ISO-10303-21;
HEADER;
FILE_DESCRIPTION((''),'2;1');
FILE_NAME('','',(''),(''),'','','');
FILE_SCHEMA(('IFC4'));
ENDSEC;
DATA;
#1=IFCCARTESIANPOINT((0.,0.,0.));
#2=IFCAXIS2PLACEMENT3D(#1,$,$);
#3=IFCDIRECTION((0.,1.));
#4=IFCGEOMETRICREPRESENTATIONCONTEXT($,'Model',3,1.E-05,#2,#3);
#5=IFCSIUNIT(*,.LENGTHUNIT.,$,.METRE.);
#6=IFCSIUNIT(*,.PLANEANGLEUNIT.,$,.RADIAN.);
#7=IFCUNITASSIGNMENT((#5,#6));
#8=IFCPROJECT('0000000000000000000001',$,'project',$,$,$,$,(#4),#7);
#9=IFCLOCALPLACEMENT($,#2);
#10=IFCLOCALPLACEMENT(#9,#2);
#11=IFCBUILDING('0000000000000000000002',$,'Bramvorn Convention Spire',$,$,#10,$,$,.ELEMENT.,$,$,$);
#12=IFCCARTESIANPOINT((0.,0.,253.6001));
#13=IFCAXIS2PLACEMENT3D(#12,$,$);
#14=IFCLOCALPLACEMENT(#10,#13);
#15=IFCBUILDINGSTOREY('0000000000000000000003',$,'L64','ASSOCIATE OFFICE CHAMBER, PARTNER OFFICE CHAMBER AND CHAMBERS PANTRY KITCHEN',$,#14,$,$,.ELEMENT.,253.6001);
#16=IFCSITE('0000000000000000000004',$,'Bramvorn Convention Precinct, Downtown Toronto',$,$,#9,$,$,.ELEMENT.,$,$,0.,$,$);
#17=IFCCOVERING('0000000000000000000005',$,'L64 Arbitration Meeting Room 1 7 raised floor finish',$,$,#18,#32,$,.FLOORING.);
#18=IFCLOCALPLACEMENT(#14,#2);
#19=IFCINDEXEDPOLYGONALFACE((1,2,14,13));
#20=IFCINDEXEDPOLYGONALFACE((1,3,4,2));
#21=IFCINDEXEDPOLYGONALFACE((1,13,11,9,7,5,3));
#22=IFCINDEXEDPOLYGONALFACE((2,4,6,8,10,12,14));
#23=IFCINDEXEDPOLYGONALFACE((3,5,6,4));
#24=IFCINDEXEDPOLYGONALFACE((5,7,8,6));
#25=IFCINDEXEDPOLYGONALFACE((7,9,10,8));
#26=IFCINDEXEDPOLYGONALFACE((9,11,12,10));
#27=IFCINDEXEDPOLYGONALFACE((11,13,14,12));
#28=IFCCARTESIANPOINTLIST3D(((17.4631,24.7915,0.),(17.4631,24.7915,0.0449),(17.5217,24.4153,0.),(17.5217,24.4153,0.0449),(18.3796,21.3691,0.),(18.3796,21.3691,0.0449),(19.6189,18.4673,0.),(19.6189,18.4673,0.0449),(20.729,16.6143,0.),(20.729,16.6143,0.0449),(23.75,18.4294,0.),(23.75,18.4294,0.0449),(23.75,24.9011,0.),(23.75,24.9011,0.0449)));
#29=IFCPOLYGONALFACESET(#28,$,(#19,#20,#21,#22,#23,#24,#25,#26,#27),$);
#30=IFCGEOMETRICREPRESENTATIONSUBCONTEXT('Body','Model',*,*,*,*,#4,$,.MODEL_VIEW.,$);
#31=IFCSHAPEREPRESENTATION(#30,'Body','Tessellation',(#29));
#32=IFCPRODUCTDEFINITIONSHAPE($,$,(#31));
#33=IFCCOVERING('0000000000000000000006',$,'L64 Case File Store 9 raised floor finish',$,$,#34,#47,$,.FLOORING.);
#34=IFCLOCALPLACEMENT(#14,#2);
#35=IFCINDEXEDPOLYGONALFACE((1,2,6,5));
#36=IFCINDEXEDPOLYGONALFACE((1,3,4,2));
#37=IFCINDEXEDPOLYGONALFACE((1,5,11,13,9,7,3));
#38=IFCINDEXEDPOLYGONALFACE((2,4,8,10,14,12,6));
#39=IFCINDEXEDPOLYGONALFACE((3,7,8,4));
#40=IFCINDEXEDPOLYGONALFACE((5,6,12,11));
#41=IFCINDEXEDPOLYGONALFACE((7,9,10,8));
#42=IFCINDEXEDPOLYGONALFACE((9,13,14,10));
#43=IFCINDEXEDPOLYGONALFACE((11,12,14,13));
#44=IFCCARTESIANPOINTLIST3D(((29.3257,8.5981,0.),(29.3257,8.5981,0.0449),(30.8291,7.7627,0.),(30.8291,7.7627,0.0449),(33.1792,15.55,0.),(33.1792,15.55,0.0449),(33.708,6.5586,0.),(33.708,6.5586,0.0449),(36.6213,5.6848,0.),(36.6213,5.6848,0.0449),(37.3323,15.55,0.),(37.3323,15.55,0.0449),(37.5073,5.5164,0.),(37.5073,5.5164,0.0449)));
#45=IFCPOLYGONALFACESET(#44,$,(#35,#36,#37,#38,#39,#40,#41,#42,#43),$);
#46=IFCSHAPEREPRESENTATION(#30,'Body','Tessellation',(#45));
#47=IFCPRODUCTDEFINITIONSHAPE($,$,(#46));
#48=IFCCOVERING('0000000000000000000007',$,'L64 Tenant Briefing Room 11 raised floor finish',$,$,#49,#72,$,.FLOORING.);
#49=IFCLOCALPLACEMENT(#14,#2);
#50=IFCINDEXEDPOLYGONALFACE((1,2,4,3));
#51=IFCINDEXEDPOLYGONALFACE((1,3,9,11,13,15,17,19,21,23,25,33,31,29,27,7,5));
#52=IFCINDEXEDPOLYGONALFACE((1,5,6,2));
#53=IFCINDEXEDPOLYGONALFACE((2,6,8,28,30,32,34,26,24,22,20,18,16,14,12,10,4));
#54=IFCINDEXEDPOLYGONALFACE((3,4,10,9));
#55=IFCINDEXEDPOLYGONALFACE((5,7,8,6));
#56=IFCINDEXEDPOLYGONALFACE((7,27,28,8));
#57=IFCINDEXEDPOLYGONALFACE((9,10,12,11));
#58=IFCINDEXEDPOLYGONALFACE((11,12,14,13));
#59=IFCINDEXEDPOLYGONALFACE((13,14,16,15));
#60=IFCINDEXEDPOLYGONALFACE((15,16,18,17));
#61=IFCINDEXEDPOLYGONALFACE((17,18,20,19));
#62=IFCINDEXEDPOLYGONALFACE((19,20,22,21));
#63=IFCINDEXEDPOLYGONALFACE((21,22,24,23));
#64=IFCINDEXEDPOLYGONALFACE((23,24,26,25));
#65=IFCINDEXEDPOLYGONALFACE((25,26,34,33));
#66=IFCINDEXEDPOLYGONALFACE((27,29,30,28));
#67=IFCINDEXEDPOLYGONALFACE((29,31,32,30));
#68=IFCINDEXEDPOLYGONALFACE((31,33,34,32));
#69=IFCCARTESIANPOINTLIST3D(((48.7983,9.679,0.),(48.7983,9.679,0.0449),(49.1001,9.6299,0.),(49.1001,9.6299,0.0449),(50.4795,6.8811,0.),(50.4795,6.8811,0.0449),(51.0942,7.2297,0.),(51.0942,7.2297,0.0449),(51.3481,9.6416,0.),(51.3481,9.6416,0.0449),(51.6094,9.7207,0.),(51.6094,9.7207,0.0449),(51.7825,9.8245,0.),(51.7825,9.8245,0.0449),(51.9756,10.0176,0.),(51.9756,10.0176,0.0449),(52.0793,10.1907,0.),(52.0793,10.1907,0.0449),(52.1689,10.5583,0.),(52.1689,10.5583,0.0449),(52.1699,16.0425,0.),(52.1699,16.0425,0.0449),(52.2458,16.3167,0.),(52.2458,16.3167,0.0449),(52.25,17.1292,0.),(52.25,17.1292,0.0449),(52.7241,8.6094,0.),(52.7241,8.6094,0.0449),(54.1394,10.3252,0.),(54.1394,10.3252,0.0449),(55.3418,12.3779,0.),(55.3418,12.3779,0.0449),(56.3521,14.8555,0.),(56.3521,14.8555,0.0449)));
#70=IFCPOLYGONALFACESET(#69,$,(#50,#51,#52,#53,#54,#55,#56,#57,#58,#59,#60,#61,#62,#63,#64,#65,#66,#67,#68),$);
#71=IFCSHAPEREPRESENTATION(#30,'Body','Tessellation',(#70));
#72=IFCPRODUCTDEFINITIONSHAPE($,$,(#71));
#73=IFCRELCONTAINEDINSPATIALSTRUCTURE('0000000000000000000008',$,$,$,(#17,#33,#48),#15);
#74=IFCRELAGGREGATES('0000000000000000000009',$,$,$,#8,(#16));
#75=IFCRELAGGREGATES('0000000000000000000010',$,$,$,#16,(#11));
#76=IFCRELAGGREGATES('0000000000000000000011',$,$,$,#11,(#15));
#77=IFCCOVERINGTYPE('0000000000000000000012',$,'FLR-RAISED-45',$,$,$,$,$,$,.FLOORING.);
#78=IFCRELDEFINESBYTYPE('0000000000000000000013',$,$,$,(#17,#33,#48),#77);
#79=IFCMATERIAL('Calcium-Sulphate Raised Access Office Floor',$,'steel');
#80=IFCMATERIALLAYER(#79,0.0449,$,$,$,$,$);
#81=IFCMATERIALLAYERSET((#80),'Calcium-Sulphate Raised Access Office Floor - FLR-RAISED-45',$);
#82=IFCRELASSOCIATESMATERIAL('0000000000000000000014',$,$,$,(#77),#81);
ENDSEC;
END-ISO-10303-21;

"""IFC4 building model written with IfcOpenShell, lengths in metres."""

from ifc_helpers import new_model, si_unit, direction, frame, origin, place, context, subcontext, project, spatial, polyline, outline, extrude, material, layer, layer_set, type_object, element, save


model = new_model("IFC4")

# Units and contexts
model_context = context("Model", 3, precision=1e-05, world=origin(), true_north=direction((0.0, 1.0)))
body_context = subcontext(model_context, "Body", "Model", "MODEL_VIEW")
ifc_project = project(units=[si_unit("LENGTHUNIT", "METRE"), si_unit("PLANEANGLEUNIT", "RADIAN")], contexts=[model_context])

# Site, building, storey
site_placement = place(None, origin())
site = spatial("IfcSite", under=ifc_project, at=site_placement, Name="Bramvorn Convention Precinct, Downtown Toronto", CompositionType="ELEMENT", RefElevation=0.0)
building_placement = place(site_placement, origin())
building = spatial("IfcBuilding", under=site, at=building_placement, Name="Bramvorn Convention Spire", CompositionType="ELEMENT")
storey_placement = place(building_placement, frame((0.0, 0.0, 253.6001)))
storey = spatial("IfcBuildingStorey", under=building, at=storey_placement, Name="L64", Description="ASSOCIATE OFFICE CHAMBER, PARTNER OFFICE CHAMBER AND CHAMBERS PANTRY KITCHEN", CompositionType="ELEMENT", Elevation=253.6001)

# Coverings
ifc_material_1 = material(Name="Calcium-Sulphate Raised Access Office Floor", Category="steel")
ifc_layer_1 = layer(ifc_material_1, 0.0449)
ifc_layer_set_1 = layer_set([ifc_layer_1], Name="Calcium-Sulphate Raised Access Office Floor - FLR-RAISED-45")
covering_type = type_object("IfcCoveringType", Name="FLR-RAISED-45", PredefinedType="FLOORING", material=ifc_layer_set_1)
covering_1_placement = place(storey_placement, origin())
element("IfcCovering", 1, at=covering_1_placement, inside=storey, type_object=covering_type, Name="L64 Arbitration Meeting Room 1 7 raised floor finish", PredefinedType="FLOORING", context=body_context, shape_type="SweptSolid", body=[
    extrude(outline(polyline([(19.6189, 18.4673), (20.729, 16.6143), (23.75, 18.4294), (23.75, 24.9011), (17.4631, 24.7915), (17.5217, 24.4153), (18.3796, 21.3691), (19.6189, 18.4673)])), origin(), (0.0, 0.0, 1.0), 0.0449),
])
covering_2_placement = place(storey_placement, origin())
element("IfcCovering", 2, at=covering_2_placement, inside=storey, type_object=covering_type, Name="L64 Case File Store 9 raised floor finish", PredefinedType="FLOORING", context=body_context, shape_type="SweptSolid", body=[
    extrude(outline(polyline([(36.6213, 5.6848), (37.5073, 5.5164), (37.3323, 15.55), (33.1792, 15.55), (29.3257, 8.5981), (30.8291, 7.7627), (33.708, 6.5586), (36.6213, 5.6848)])), origin(), (0.0, 0.0, 1.0), 0.0449),
])
covering_3_placement = place(storey_placement, origin())
element("IfcCovering", 3, at=covering_3_placement, inside=storey, type_object=covering_type, Name="L64 Tenant Briefing Room 11 raised floor finish", PredefinedType="FLOORING", context=body_context, shape_type="SweptSolid", body=[
    extrude(outline(polyline([(50.4795, 6.8811), (51.0942, 7.2297), (52.7241, 8.6094), (54.1394, 10.3252), (55.3418, 12.3779), (56.3521, 14.8555), (52.25, 17.1292), (52.2458, 16.3167), (52.1699, 16.0425), (52.1689, 10.5583), (52.0793, 10.1907), (51.9756, 10.0176), (51.7825, 9.8245), (51.6094, 9.7207), (51.3481, 9.6416), (49.1001, 9.6299), (48.7983, 9.679), (50.4795, 6.8811)])), origin(), (0.0, 0.0, 1.0), 0.0449),
])

save(model, "model.ifc")
